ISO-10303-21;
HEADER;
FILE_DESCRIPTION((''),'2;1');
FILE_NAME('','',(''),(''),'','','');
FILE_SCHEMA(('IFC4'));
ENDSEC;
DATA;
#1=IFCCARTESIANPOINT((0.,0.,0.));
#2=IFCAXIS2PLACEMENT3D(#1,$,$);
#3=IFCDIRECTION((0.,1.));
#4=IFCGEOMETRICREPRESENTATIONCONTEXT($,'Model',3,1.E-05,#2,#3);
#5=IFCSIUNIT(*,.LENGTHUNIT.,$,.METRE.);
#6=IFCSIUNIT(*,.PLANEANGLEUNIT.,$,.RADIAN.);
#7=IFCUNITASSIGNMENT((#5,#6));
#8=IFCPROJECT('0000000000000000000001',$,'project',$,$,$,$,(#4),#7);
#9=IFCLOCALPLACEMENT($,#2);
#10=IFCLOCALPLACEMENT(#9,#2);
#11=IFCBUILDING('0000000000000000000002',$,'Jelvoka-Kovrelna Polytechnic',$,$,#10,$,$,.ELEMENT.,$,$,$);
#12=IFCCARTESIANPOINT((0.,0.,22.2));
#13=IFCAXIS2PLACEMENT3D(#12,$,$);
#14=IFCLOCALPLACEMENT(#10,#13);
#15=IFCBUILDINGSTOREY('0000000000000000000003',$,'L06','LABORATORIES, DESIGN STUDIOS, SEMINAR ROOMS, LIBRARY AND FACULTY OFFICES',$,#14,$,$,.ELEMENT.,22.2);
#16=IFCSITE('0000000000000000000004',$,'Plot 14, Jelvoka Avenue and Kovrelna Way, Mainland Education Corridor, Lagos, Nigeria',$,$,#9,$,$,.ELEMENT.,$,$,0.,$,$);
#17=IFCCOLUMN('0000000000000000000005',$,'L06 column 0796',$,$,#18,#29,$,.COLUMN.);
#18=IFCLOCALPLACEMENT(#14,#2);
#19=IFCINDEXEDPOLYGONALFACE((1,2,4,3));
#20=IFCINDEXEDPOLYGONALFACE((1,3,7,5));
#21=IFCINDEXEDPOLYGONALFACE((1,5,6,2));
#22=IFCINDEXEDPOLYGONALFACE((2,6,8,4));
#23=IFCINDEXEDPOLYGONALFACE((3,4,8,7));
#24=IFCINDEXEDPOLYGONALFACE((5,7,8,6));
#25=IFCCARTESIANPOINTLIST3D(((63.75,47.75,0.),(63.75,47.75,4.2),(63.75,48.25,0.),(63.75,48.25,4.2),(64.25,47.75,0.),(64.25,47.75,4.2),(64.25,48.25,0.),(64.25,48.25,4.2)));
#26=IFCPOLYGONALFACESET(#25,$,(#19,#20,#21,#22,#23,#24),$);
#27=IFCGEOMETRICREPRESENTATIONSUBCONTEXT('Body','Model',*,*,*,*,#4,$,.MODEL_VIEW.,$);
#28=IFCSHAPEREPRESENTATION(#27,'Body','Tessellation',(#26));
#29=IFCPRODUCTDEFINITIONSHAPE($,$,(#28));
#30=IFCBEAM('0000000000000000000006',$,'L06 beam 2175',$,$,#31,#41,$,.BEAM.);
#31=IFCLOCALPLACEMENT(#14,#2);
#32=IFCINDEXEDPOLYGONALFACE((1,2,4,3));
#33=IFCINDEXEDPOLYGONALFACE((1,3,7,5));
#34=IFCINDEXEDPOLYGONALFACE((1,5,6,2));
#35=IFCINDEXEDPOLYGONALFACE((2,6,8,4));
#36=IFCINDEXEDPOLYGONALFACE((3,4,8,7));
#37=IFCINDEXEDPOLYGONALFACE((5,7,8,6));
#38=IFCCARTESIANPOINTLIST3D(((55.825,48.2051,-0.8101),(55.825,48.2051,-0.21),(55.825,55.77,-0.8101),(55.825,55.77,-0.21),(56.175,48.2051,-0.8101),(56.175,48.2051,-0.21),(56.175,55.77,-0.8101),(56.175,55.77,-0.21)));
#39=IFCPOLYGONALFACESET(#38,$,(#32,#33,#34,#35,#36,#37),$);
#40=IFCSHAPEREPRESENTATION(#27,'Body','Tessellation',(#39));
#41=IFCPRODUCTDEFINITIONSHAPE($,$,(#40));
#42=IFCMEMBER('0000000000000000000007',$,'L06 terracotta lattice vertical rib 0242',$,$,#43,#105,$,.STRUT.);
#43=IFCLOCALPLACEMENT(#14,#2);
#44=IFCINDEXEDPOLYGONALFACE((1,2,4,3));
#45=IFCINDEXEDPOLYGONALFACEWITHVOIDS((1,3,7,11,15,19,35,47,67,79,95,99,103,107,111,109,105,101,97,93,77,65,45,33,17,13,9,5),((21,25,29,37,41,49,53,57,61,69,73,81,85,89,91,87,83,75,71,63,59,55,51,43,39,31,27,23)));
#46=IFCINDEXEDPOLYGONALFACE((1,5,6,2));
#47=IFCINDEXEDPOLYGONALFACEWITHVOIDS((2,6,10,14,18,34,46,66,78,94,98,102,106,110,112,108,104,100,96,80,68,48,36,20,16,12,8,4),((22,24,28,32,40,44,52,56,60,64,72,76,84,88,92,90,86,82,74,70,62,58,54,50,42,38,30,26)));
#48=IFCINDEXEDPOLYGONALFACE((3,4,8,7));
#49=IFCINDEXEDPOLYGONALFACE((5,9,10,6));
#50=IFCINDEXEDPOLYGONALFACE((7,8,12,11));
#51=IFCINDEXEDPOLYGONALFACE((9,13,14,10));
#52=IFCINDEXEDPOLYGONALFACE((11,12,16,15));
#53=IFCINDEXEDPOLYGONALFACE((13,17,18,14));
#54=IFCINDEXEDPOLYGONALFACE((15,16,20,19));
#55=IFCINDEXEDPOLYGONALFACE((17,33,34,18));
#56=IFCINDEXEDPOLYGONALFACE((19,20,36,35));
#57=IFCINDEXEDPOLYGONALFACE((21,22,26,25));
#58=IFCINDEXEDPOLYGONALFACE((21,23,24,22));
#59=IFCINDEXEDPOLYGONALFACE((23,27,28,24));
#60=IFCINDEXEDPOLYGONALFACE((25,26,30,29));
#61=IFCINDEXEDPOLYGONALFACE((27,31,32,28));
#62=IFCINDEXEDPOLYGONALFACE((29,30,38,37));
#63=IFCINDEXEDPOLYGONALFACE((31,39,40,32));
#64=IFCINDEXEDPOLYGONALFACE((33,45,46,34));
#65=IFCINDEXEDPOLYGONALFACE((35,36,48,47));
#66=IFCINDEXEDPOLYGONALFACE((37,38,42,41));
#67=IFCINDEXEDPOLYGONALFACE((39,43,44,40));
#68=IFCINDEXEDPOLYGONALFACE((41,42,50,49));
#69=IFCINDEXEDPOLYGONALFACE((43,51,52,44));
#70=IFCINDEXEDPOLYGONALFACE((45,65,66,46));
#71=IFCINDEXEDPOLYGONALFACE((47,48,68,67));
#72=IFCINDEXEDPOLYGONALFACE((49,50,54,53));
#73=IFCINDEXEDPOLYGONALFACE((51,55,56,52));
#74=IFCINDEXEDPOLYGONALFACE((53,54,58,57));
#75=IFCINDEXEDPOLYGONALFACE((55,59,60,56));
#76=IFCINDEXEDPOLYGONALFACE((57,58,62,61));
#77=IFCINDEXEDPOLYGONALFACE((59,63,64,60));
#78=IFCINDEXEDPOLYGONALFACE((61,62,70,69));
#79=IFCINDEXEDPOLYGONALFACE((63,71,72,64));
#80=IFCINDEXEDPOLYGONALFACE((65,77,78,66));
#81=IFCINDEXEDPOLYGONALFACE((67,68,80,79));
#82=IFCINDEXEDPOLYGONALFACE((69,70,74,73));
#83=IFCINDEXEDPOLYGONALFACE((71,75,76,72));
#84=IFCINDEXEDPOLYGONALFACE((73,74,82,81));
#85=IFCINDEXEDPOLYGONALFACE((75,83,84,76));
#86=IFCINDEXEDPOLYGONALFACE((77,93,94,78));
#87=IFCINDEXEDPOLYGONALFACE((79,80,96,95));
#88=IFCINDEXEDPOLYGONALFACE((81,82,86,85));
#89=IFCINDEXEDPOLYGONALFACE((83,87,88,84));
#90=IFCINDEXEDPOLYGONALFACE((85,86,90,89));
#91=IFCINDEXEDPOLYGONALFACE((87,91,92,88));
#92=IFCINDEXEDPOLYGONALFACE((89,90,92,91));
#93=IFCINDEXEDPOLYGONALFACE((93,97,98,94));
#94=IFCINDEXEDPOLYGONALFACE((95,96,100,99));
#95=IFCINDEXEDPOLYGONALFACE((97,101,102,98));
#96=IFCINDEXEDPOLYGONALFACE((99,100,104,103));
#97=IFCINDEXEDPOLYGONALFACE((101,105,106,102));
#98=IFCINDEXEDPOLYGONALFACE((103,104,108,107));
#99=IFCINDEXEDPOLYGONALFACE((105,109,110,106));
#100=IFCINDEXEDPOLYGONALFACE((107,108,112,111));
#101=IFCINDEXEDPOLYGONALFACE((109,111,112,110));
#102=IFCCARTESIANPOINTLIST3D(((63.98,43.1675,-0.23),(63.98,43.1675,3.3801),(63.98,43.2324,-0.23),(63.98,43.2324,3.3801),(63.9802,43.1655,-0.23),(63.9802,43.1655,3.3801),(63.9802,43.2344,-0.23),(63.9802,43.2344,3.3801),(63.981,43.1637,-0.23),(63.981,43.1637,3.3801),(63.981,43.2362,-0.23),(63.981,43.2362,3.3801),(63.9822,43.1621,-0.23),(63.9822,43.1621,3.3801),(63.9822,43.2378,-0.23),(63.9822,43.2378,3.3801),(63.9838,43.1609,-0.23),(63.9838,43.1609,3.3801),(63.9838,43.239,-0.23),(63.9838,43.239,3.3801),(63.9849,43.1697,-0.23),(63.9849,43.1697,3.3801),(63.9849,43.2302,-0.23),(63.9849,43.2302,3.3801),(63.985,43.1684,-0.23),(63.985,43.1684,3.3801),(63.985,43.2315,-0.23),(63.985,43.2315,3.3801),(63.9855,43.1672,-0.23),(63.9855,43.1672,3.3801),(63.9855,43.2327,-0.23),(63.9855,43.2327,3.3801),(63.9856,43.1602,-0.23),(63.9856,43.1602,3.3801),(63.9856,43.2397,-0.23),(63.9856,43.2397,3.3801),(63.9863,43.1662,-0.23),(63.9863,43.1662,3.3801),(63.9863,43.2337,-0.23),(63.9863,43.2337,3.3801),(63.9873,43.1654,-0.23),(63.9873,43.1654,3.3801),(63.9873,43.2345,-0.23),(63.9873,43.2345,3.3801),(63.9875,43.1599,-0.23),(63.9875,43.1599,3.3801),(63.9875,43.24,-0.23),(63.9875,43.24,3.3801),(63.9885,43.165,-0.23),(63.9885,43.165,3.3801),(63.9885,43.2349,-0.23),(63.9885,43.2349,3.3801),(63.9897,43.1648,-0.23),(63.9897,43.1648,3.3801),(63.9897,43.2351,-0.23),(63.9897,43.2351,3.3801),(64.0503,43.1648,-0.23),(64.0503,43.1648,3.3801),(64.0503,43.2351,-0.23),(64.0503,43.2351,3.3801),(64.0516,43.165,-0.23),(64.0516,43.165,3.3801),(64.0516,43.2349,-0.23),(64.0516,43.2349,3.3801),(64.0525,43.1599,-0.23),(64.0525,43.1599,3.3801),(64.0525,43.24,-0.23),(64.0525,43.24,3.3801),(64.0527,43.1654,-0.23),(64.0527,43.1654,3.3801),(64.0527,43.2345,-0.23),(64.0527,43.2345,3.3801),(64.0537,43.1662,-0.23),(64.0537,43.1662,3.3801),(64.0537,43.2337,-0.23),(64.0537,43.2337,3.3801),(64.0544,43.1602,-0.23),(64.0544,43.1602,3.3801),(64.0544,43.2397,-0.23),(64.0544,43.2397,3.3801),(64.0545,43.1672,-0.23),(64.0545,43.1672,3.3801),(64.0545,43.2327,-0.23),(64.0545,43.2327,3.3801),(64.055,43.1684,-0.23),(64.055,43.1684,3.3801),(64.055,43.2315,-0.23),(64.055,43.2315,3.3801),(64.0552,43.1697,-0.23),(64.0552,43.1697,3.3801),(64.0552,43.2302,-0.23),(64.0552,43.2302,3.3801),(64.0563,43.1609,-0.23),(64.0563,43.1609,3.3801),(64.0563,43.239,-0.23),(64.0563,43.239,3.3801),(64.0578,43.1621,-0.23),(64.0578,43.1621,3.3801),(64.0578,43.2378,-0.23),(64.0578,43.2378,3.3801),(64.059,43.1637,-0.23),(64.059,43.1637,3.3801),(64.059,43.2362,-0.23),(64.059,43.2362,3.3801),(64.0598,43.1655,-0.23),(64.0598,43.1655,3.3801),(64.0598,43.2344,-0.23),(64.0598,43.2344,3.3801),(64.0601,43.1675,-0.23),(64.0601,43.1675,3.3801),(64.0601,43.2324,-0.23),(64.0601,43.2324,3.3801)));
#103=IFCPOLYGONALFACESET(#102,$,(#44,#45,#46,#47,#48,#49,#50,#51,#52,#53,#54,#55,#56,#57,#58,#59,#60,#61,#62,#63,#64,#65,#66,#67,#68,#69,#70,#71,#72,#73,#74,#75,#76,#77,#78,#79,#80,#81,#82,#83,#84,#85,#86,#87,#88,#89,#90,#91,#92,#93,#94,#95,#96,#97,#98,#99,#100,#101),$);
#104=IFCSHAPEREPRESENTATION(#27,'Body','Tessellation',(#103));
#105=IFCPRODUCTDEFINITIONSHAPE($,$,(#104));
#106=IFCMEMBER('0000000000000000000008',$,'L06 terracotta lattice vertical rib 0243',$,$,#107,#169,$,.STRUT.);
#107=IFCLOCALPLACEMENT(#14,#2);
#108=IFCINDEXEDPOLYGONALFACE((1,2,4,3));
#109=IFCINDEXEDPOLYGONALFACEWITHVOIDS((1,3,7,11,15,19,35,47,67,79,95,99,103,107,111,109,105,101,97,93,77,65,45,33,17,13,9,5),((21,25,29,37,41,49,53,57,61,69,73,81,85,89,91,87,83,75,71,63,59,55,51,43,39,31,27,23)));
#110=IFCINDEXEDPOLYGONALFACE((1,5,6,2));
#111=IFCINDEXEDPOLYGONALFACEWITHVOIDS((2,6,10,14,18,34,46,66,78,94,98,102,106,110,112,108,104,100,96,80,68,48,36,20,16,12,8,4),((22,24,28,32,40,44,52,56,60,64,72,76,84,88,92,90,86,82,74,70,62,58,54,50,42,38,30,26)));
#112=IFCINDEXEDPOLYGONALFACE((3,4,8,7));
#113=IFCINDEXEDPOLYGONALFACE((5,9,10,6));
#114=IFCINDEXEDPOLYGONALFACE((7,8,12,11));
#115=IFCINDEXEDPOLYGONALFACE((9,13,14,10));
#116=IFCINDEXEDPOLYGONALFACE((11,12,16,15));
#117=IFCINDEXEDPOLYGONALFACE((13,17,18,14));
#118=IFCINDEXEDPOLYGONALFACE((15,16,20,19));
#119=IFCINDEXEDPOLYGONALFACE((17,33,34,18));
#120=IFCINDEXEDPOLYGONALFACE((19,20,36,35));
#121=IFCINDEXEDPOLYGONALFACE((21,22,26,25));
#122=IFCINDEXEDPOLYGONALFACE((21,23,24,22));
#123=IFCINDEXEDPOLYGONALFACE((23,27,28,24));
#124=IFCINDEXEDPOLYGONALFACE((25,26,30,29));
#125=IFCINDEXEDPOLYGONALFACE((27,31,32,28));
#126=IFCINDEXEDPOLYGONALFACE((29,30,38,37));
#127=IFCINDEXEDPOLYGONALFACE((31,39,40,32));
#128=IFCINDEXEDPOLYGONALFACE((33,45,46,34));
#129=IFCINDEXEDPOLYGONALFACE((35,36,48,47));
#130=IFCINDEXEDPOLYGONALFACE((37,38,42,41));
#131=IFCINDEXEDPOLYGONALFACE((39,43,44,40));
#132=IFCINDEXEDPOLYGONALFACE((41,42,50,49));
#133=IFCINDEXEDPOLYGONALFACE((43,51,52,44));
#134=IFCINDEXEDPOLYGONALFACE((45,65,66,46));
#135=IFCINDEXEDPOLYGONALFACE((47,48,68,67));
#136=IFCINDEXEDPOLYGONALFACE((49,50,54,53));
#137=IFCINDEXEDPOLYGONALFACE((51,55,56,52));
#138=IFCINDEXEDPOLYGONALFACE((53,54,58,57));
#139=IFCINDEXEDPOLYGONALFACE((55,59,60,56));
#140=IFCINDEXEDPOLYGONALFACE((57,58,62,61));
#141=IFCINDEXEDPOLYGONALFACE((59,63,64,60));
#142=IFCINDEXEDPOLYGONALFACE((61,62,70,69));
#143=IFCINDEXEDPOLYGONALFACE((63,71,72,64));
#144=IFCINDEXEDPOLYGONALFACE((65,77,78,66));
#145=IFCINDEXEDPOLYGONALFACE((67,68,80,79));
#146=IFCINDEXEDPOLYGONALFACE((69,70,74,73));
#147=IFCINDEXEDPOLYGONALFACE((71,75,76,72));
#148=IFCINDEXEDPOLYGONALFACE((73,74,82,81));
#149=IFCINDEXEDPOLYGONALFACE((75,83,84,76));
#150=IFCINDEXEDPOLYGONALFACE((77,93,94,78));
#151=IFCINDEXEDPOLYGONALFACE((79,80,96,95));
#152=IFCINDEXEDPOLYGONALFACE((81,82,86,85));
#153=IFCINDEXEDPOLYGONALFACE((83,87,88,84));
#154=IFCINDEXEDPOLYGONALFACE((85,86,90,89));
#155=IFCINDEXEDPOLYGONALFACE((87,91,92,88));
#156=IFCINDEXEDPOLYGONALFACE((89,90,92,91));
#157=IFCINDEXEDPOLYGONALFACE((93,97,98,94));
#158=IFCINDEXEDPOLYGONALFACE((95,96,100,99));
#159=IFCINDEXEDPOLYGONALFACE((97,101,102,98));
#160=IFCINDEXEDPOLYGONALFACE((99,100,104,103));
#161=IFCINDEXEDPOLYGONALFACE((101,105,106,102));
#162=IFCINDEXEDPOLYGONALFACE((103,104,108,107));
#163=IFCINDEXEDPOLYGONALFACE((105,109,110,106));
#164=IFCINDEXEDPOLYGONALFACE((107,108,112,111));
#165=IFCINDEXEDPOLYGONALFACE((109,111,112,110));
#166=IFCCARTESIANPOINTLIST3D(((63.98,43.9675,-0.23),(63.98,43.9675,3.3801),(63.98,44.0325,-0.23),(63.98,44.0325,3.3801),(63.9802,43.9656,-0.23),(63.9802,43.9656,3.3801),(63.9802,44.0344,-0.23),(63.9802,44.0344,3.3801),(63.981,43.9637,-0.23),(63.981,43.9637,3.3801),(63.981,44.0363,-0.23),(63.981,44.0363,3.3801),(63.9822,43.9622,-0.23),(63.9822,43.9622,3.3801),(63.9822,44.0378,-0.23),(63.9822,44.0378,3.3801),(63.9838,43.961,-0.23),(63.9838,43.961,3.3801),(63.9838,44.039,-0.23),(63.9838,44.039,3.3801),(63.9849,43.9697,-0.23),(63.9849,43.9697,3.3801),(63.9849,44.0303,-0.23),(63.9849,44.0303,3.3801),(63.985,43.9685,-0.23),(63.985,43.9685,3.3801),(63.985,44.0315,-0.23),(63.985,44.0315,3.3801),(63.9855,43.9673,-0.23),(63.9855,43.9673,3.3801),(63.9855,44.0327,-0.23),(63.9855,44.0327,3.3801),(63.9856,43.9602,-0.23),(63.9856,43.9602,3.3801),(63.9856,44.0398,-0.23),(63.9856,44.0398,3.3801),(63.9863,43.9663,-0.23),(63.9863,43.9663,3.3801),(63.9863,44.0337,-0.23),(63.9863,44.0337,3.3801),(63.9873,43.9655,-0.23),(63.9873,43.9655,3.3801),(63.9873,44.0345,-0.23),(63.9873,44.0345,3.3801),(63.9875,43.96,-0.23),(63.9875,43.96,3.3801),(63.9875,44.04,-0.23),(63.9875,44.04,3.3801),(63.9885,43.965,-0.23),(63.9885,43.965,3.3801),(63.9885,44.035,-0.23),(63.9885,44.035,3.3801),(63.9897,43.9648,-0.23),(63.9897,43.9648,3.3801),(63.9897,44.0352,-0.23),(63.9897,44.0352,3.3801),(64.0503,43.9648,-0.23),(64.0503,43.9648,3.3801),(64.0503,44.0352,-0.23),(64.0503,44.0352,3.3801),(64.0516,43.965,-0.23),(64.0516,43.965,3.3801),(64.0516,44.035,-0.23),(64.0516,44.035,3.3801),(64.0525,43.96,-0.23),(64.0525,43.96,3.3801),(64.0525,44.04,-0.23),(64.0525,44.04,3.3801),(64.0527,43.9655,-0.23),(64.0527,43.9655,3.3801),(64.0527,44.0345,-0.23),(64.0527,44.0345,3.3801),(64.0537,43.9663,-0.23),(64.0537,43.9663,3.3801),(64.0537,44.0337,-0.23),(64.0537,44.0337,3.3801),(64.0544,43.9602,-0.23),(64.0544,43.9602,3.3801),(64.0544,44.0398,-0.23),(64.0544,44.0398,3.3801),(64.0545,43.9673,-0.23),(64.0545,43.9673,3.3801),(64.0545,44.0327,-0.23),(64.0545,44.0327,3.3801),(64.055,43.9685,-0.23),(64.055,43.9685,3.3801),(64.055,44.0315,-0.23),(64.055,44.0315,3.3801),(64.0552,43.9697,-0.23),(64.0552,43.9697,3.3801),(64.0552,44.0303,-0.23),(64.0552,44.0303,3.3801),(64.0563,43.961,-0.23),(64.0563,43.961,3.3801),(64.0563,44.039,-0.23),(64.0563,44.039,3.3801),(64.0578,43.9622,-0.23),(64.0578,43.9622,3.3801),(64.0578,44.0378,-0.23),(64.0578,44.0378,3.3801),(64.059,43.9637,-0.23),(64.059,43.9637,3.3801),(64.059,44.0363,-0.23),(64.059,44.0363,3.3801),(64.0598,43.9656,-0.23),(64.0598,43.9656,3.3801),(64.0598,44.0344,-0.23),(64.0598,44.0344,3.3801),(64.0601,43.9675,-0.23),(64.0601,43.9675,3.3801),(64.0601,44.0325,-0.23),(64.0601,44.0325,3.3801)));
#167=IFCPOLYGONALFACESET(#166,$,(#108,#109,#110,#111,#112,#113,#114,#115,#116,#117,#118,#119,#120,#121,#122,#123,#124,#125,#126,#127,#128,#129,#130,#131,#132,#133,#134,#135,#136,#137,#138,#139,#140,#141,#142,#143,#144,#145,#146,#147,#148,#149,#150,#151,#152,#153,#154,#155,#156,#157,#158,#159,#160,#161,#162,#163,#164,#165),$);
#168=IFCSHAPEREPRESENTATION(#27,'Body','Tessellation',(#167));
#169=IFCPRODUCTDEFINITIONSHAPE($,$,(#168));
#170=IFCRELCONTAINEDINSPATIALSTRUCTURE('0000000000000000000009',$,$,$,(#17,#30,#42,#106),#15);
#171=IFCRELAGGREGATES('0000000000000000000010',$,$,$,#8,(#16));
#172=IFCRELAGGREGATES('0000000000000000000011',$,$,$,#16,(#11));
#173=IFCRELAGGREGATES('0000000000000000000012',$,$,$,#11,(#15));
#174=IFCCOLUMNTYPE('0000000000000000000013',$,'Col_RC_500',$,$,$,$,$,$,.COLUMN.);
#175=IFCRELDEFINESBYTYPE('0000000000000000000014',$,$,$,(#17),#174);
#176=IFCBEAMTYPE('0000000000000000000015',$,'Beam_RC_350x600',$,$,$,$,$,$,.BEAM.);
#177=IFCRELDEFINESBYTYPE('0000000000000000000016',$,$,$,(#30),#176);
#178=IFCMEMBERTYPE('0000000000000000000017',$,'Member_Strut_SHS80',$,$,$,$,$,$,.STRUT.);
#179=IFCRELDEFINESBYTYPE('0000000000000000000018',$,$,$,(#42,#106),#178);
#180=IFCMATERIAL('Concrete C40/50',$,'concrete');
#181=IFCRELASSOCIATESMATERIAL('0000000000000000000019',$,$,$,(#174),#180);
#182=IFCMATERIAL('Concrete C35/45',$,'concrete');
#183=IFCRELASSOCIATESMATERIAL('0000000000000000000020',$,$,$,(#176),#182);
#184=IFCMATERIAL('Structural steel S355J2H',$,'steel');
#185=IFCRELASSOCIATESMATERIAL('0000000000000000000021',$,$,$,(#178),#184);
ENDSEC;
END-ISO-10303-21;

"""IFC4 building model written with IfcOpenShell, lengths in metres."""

from ifc_helpers import new_model, si_unit, direction, frame, origin, origin_2d, place, context, subcontext, project, spatial, rectangle, hollow_rectangle, extrude, material, material_profile, profile_set, type_object, element, save


model = new_model("IFC4")

# Units and contexts
model_context = context("Model", 3, precision=1e-05, world=origin(), true_north=direction((0.0, 1.0)))
body_context = subcontext(model_context, "Body", "Model", "MODEL_VIEW")
ifc_project = project(units=[si_unit("LENGTHUNIT", "METRE"), si_unit("PLANEANGLEUNIT", "RADIAN")], contexts=[model_context])

# Site, building, storey
site_placement = place(None, origin())
site = spatial("IfcSite", under=ifc_project, at=site_placement, Name="Plot 14, Jelvoka Avenue and Kovrelna Way, Mainland Education Corridor, Lagos, Nigeria", CompositionType="ELEMENT", RefElevation=0.0)
building_placement = place(site_placement, origin())
building = spatial("IfcBuilding", under=site, at=building_placement, Name="Jelvoka-Kovrelna Polytechnic", CompositionType="ELEMENT")
storey_placement = place(building_placement, frame((0.0, 0.0, 22.2)))
storey = spatial("IfcBuildingStorey", under=building, at=storey_placement, Name="L06", Description="LABORATORIES, DESIGN STUDIOS, SEMINAR ROOMS, LIBRARY AND FACULTY OFFICES", CompositionType="ELEMENT", Elevation=22.2)

# Column
ifc_material_1 = material(Name="Concrete C40/50", Category="concrete")
ifc_material_profile_1 = material_profile(ifc_material_1, rectangle(XDim=0.5, YDim=0.5, at=origin_2d()), Name="RC 500x500")
ifc_profile_set_1 = profile_set([ifc_material_profile_1], Name="Concrete C40/50")
column_type = type_object("IfcColumnType", Name="Col_RC_500", PredefinedType="COLUMN", material=ifc_profile_set_1)
column_placement = place(storey_placement, frame((64.0, 48.0, 0.0), z_axis=(0.0, 0.0, 1.0), x_axis=(1.0, 0.0, 0.0)))
element("IfcColumn", 1, at=column_placement, inside=storey, type_object=column_type, Name="L06 column 0796", PredefinedType="COLUMN", context=body_context, shape_type="SweptSolid", body=[
    extrude(rectangle(XDim=0.5, YDim=0.5, at=origin_2d()), origin(), (0.0, 0.0, 1.0), 4.2),
])

# Beam
ifc_material_2 = material(Name="Concrete C35/45", Category="concrete")
ifc_material_profile_2 = material_profile(ifc_material_2, rectangle(XDim=0.3501, YDim=0.6001, at=origin_2d()), Name="RC 350x600")
ifc_profile_set_2 = profile_set([ifc_material_profile_2], Name="Concrete C35/45")
beam_type_1 = type_object("IfcBeamType", Name="Beam_RC_350x600", PredefinedType="BEAM", material=ifc_profile_set_2)
beam_1_placement = place(storey_placement, frame((56.0, 48.2051, -0.51), z_axis=(0.0, 1.0, 0.0), x_axis=(-1.0, 0.0, 0.0)))
element("IfcBeam", 2, at=beam_1_placement, inside=storey, type_object=beam_type_1, Name="L06 beam 2175", PredefinedType="BEAM", context=body_context, shape_type="SweptSolid", body=[
    extrude(rectangle(XDim=0.3501, YDim=0.6001, at=origin_2d()), origin(), (0.0, 0.0, 1.0), 7.5649),
])

# Members
ifc_material_3 = material(Name="Structural steel S355J2H", Category="steel")
ifc_material_profile_3 = material_profile(ifc_material_3, hollow_rectangle(XDim=0.0801, YDim=0.0801, WallThickness=0.0049, InnerFilletRadius=0.0049, OuterFilletRadius=0.0076, at=origin_2d()), Name="80x80x5.0 SHS")
ifc_profile_set_3 = profile_set([ifc_material_profile_3], Name="Structural steel S355J2H")
member_type = type_object("IfcMemberType", Name="Member_Strut_SHS80", PredefinedType="STRUT", material=ifc_profile_set_3)
for number, where, z_axis, x_axis, name in (
    (3, (64.02, 43.2, -0.23), (0.0, 0.0, 1.0), (1.0, 0.0, 0.0), "L06 terracotta lattice vertical rib 0242"),
    (4, (64.02, 44.0, -0.23), (0.0, 0.0, 1.0), (1.0, 0.0, 0.0), "L06 terracotta lattice vertical rib 0243"),
):
    element("IfcMember", number, at=place(storey_placement, frame(where, z_axis=z_axis, x_axis=x_axis)), inside=storey, type_object=member_type, Name=name, PredefinedType="STRUT", context=body_context, shape_type="SweptSolid", body=[
        extrude(hollow_rectangle(XDim=0.0801, YDim=0.0801, WallThickness=0.0049, InnerFilletRadius=0.0049, OuterFilletRadius=0.0076, at=origin_2d()), origin(), (0.0, 0.0, 1.0), 3.6101),
    ])

save(model, "model.ifc")
